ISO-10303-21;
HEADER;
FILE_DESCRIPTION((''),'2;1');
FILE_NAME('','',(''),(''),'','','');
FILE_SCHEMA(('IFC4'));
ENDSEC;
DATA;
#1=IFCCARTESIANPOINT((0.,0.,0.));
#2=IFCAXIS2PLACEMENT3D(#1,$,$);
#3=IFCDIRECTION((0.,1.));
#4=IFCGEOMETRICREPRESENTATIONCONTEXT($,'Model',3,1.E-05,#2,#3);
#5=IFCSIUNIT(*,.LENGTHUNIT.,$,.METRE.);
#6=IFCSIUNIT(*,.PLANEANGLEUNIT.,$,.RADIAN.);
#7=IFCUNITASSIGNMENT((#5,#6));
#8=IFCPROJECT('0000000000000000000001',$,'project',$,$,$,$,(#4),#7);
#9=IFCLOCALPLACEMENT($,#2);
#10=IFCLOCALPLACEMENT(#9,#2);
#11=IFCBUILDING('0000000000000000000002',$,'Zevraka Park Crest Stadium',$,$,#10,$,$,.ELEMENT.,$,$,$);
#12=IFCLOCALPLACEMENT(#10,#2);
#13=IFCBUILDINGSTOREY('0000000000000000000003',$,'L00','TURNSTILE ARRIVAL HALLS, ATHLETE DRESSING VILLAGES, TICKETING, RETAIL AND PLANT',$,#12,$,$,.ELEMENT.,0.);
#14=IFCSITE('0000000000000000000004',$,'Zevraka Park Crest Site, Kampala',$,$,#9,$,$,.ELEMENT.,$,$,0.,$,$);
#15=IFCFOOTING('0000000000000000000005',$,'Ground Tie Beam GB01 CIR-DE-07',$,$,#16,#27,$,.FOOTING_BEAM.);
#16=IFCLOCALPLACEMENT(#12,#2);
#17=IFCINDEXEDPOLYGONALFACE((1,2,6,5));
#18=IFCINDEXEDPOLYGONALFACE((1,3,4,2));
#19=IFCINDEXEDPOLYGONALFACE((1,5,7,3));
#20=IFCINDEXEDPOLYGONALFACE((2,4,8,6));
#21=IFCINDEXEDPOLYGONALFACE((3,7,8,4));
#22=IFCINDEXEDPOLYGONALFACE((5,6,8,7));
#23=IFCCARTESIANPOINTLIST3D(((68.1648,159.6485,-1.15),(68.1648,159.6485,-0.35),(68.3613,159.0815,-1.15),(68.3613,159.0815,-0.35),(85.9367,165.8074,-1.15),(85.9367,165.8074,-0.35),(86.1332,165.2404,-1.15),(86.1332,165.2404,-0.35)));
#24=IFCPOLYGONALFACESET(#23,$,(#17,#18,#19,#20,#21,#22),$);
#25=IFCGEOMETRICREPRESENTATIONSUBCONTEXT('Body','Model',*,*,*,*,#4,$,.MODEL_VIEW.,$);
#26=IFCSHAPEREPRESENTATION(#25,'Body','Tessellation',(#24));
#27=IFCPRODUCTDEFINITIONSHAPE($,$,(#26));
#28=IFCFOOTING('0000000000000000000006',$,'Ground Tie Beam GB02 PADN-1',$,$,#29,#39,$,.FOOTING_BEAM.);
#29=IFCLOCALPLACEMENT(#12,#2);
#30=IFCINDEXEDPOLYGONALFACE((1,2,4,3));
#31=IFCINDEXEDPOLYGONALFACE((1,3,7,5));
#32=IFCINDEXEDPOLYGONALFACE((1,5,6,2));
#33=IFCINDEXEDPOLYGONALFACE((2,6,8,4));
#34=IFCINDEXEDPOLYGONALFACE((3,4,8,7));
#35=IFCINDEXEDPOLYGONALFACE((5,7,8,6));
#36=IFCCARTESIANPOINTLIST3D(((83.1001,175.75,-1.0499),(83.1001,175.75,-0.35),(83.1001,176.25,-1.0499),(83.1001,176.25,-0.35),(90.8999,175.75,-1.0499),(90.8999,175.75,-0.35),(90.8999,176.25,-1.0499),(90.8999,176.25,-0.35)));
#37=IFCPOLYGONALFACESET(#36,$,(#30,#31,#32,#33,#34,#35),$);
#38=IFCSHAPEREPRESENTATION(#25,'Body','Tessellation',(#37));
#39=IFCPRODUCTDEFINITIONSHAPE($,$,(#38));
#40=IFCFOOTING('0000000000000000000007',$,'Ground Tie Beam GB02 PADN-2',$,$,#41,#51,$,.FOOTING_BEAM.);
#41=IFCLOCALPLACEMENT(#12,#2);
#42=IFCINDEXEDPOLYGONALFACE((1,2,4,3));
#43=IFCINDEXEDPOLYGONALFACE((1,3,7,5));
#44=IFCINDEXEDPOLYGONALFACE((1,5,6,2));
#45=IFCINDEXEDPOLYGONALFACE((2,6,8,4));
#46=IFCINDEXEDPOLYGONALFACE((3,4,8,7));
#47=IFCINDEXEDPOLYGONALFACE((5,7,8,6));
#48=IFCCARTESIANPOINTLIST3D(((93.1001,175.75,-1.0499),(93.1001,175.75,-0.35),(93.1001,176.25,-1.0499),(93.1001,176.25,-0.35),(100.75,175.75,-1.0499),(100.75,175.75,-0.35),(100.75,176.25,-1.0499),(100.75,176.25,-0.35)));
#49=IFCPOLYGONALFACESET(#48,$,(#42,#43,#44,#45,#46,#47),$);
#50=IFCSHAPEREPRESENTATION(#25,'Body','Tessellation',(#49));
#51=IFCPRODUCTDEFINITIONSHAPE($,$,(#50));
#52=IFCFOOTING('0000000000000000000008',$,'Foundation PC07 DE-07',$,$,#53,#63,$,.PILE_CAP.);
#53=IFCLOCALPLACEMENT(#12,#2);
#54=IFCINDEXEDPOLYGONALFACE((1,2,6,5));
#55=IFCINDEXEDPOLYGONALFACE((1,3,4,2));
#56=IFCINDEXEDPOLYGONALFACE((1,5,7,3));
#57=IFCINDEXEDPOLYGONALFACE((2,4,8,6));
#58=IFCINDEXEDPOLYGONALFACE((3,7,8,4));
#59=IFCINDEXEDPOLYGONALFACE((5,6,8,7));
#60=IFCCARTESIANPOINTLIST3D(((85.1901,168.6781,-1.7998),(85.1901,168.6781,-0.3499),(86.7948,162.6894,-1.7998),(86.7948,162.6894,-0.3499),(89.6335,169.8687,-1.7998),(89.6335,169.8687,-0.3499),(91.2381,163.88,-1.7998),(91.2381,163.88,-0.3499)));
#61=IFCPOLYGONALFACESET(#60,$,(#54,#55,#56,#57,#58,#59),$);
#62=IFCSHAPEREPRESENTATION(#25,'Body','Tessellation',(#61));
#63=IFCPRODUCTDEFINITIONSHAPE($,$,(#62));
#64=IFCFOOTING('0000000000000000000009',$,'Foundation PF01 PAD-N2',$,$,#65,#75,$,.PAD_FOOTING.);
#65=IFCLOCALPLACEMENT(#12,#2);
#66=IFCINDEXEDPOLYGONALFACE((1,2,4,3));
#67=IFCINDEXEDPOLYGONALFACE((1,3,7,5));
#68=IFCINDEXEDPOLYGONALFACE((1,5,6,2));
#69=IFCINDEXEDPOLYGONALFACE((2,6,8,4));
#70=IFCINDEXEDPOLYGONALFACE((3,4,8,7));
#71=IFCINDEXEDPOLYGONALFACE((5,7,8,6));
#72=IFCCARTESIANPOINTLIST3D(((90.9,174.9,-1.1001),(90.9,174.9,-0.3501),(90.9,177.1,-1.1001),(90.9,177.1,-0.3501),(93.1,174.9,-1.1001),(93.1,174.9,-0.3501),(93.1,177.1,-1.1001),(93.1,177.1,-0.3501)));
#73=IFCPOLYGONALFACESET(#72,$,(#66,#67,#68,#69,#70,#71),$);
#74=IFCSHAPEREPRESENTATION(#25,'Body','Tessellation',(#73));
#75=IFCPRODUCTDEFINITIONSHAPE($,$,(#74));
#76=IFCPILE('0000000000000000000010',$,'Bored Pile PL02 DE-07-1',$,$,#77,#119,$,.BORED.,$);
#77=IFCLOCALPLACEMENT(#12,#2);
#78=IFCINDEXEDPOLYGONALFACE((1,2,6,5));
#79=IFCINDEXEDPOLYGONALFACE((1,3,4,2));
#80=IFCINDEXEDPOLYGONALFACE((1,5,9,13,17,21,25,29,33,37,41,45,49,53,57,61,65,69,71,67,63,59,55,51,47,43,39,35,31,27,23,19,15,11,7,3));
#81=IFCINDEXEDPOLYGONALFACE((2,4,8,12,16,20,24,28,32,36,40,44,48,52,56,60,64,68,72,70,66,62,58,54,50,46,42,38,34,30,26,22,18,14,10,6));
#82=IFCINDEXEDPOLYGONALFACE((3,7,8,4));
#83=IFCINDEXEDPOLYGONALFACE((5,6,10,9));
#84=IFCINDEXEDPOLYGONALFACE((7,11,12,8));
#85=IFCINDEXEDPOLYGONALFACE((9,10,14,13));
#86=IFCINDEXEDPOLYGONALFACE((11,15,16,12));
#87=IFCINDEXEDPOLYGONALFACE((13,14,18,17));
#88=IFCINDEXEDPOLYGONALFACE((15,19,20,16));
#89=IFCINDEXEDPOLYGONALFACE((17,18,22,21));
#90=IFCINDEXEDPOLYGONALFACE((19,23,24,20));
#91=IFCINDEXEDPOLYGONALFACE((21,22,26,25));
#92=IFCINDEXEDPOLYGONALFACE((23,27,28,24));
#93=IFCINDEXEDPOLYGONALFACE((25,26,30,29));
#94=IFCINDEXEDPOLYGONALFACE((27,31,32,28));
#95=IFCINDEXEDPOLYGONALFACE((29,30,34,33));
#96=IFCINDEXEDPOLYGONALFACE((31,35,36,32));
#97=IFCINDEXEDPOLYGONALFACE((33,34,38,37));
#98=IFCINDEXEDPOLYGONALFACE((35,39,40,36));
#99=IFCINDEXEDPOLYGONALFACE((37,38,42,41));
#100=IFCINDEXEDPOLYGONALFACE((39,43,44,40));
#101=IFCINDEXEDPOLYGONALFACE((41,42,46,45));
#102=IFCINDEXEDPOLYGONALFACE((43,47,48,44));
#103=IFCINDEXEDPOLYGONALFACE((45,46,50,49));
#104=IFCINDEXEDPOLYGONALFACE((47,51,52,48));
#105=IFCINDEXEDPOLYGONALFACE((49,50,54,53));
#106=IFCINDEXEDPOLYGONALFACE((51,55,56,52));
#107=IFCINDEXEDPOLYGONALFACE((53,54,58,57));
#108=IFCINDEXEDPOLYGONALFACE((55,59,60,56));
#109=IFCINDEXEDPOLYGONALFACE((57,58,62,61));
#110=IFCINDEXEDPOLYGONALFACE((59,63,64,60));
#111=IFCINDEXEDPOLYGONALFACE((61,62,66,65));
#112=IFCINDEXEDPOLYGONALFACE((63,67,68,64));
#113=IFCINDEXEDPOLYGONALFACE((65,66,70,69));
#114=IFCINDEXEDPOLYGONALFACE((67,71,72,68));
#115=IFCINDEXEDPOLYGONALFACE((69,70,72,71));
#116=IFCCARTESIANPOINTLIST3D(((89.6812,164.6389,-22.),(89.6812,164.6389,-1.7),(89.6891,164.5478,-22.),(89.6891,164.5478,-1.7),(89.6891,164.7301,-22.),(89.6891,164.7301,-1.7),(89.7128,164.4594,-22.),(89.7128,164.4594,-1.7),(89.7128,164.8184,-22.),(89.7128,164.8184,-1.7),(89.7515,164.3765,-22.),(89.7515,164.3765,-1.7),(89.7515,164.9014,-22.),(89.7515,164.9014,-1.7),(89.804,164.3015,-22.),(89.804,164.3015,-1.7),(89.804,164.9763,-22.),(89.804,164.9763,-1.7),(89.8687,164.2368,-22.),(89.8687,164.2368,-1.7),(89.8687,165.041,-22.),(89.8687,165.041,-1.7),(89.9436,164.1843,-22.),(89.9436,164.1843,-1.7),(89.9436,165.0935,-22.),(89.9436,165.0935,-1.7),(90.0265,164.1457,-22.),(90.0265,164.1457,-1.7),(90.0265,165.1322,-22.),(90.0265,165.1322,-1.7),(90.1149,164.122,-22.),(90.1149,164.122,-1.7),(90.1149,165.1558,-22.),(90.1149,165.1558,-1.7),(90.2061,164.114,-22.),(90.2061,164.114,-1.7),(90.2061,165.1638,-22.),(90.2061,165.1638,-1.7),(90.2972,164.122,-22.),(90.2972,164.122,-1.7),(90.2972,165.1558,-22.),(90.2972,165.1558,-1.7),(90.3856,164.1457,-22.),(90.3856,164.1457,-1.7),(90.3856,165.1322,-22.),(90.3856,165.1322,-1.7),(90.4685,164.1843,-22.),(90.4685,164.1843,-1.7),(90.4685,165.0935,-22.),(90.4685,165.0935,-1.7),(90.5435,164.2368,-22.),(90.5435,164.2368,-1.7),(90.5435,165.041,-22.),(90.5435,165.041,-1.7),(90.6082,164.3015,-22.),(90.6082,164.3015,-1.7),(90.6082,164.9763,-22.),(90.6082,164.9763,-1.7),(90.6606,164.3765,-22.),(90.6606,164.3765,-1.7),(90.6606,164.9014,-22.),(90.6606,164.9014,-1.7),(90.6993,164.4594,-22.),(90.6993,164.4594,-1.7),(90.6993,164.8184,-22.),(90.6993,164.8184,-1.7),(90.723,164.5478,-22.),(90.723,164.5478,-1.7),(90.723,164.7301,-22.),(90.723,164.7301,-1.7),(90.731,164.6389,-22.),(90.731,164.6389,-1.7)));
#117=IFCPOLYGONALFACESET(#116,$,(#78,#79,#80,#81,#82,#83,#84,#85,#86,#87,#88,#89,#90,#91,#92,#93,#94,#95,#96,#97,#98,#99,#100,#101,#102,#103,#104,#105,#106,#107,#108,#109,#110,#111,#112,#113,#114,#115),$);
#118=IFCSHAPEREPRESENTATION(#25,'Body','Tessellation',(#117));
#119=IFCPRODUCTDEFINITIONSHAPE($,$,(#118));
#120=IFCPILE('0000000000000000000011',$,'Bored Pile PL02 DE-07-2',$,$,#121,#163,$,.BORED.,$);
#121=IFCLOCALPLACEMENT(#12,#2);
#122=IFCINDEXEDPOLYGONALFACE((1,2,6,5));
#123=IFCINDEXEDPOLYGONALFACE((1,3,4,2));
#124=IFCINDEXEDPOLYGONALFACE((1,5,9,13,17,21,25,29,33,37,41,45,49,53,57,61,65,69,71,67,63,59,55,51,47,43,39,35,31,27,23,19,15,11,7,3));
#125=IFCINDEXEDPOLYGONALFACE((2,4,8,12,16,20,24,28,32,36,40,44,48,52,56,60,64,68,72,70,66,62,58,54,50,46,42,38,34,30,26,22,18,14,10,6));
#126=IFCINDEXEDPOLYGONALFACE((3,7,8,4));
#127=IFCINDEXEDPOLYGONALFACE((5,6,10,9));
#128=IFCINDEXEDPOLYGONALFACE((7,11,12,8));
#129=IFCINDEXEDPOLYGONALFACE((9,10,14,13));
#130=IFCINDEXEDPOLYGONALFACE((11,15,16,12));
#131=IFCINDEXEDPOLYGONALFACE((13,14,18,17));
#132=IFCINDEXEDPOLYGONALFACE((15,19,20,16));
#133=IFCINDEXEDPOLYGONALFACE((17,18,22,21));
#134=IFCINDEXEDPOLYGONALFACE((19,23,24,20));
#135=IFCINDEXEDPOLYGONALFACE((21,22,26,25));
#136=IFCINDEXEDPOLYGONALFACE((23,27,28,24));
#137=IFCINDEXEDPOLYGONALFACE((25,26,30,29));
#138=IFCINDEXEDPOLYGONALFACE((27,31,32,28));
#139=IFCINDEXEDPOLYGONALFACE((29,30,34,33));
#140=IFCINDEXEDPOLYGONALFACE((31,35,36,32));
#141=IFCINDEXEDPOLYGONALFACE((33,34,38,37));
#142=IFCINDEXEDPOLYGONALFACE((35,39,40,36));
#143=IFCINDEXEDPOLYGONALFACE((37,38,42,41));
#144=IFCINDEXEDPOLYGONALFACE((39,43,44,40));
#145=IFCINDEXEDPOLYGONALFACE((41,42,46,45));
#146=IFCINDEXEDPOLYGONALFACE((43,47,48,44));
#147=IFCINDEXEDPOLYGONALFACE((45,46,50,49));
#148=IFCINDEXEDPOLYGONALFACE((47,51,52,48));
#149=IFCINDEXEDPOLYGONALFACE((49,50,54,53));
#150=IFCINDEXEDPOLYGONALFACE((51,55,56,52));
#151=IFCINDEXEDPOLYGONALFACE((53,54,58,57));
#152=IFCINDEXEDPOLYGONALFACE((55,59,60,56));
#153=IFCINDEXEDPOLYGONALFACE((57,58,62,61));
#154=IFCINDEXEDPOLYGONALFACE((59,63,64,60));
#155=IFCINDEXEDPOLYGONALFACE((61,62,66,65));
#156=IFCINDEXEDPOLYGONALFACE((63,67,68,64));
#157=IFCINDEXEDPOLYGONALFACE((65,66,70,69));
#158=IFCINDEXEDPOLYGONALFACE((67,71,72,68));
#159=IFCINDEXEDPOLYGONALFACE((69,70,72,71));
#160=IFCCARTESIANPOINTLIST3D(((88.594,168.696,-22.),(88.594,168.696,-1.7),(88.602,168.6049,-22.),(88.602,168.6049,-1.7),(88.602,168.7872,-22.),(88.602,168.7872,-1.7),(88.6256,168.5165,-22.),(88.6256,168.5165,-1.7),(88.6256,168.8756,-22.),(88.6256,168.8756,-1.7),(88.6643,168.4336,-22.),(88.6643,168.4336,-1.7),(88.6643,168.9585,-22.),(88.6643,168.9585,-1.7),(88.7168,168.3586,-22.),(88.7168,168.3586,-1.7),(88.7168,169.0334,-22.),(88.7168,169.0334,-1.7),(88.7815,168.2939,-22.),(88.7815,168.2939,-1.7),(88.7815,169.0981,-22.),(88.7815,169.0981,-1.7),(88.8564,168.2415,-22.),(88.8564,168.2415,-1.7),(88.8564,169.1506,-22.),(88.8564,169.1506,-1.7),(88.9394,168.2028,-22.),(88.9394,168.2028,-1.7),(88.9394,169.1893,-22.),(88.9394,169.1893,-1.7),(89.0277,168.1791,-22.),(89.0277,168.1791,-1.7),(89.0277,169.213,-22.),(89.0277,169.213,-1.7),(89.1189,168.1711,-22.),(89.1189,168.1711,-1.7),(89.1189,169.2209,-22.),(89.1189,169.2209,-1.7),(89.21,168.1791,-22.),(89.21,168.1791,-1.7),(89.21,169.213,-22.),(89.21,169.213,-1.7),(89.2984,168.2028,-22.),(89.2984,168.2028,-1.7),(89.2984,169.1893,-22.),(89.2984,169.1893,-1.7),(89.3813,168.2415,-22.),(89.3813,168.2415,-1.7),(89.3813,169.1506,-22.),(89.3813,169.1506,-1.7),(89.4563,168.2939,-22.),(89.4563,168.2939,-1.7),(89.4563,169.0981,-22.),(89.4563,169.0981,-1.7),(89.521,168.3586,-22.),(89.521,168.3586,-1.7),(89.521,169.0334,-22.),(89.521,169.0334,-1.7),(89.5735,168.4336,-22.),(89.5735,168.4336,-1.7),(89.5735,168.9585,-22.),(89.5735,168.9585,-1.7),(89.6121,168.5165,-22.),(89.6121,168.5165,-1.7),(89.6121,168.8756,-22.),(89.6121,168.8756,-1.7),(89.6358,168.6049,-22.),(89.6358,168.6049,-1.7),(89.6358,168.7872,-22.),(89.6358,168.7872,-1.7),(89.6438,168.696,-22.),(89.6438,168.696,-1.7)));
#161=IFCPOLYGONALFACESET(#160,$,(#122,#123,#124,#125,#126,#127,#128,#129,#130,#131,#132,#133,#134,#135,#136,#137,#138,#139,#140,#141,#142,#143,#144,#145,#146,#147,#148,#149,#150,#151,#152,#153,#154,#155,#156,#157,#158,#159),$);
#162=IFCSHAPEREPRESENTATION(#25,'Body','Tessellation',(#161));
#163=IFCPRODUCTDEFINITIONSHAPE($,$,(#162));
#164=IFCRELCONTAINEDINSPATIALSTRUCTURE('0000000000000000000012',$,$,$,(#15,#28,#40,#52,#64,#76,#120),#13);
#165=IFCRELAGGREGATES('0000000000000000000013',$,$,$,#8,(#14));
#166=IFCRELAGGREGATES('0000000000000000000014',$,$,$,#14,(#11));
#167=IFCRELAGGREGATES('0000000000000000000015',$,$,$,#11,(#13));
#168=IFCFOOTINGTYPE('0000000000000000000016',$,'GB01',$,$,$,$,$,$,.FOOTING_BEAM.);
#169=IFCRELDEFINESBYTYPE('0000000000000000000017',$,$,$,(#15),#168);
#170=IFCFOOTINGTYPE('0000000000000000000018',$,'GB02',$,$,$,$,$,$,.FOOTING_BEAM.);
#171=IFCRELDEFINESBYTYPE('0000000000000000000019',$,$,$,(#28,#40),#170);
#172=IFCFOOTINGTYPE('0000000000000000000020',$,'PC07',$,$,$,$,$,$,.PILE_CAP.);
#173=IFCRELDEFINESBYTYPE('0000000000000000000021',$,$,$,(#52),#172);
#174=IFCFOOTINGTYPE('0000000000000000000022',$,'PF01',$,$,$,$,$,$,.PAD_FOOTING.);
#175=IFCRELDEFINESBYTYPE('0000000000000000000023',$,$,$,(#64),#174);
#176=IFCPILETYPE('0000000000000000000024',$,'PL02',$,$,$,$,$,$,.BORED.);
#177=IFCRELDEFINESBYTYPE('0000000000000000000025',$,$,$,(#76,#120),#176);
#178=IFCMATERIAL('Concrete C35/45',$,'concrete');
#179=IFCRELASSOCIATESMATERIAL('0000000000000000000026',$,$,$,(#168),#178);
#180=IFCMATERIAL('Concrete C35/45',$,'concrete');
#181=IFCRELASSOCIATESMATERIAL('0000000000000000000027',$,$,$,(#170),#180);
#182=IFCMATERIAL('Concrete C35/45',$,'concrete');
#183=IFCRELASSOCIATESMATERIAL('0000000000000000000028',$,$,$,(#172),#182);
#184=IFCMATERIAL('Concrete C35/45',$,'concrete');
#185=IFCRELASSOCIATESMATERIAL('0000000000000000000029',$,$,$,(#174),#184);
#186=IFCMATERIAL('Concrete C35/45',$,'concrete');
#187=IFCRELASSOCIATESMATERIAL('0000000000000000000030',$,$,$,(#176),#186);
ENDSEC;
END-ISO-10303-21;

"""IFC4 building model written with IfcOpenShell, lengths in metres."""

from ifc_helpers import new_model, si_unit, direction, frame, origin, origin_2d, place, context, subcontext, project, spatial, rectangle, circle, extrude, material, material_profile, profile_set, type_object, element, save


model = new_model("IFC4")

# Units and contexts
model_context = context("Model", 3, precision=1e-05, world=origin(), true_north=direction((0.0, 1.0)))
body_context = subcontext(model_context, "Body", "Model", "MODEL_VIEW")
ifc_project = project(units=[si_unit("LENGTHUNIT", "METRE"), si_unit("PLANEANGLEUNIT", "RADIAN")], contexts=[model_context])

# Site, building, storey
site_placement = place(None, origin())
site = spatial("IfcSite", under=ifc_project, at=site_placement, Name="Zevraka Park Crest Site, Kampala", CompositionType="ELEMENT", RefElevation=0.0)
building_placement = place(site_placement, origin())
building = spatial("IfcBuilding", under=site, at=building_placement, Name="Zevraka Park Crest Stadium", CompositionType="ELEMENT")
storey_placement = place(building_placement, origin())
storey = spatial("IfcBuildingStorey", under=building, at=storey_placement, Name="L00", Description="TURNSTILE ARRIVAL HALLS, ATHLETE DRESSING VILLAGES, TICKETING, RETAIL AND PLANT", CompositionType="ELEMENT", Elevation=0.0)

# Footings
ifc_material_1 = material(Name="Concrete C35/45", Category="concrete")
ifc_material_profile_1 = material_profile(ifc_material_1, rectangle(XDim=0.6001, YDim=0.8, at=origin_2d()), Name="GB 800x600")
ifc_profile_set_1 = profile_set([ifc_material_profile_1], Name="Concrete C35/45")
footing_type_1 = type_object("IfcFootingType", Name="GB01", PredefinedType="FOOTING_BEAM", material=ifc_profile_set_1)
footing_1_placement = place(storey_placement, frame((86.0349, 165.5239, -0.75), z_axis=(-0.944869, -0.327448, 0.0), x_axis=(0.327448, -0.944869, 0.0)))
element("IfcFooting", 1, at=footing_1_placement, inside=storey, type_object=footing_type_1, Name="Ground Tie Beam GB01 CIR-DE-07", PredefinedType="FOOTING_BEAM", context=body_context, shape_type="SweptSolid", body=[
    extrude(rectangle(XDim=0.6001, YDim=0.8, at=origin_2d()), origin(), (0.0, 0.0, 1.0), 18.8088),
])
ifc_material_2 = material(Name="Concrete C35/45", Category="concrete")
ifc_material_profile_2 = material_profile(ifc_material_2, rectangle(XDim=0.5, YDim=0.7, at=origin_2d()), Name="GB 700x500")
ifc_profile_set_2 = profile_set([ifc_material_profile_2], Name="Concrete C35/45")
footing_type_2 = type_object("IfcFootingType", Name="GB02", PredefinedType="FOOTING_BEAM", material=ifc_profile_set_2)
footing_2_placement = place(storey_placement, frame((83.1001, 176.0, -0.7), z_axis=(1.0, 0.0, 0.0), x_axis=(0.0, 1.0, 0.0)))
element("IfcFooting", 2, at=footing_2_placement, inside=storey, type_object=footing_type_2, Name="Ground Tie Beam GB02 PADN-1", PredefinedType="FOOTING_BEAM", context=body_context, shape_type="SweptSolid", body=[
    extrude(rectangle(XDim=0.5, YDim=0.7, at=origin_2d()), origin(), (0.0, 0.0, 1.0), 7.7998),
])
footing_3_placement = place(storey_placement, frame((93.1001, 176.0, -0.7), z_axis=(1.0, 0.0, 0.0), x_axis=(0.0, 1.0, 0.0)))
element("IfcFooting", 3, at=footing_3_placement, inside=storey, type_object=footing_type_2, Name="Ground Tie Beam GB02 PADN-2", PredefinedType="FOOTING_BEAM", context=body_context, shape_type="SweptSolid", body=[
    extrude(rectangle(XDim=0.5, YDim=0.7, at=origin_2d()), origin(), (0.0, 0.0, 1.0), 7.6499),
])
ifc_material_3 = material(Name="Concrete C35/45", Category="concrete")
footing_type_3 = type_object("IfcFootingType", Name="PC07", PredefinedType="PILE_CAP", material=ifc_material_3)
footing_4_placement = place(storey_placement, frame((88.2141, 166.2791, -1.7998), z_axis=(0.0, 0.0, 1.0), x_axis=(-0.258819, 0.965926, 0.0)))
element("IfcFooting", 4, at=footing_4_placement, inside=storey, type_object=footing_type_3, Name="Foundation PC07 DE-07", PredefinedType="PILE_CAP", context=body_context, shape_type="SweptSolid", body=[
    extrude(rectangle(XDim=6.2, YDim=4.6001, at=origin_2d()), origin(), (0.0, 0.0, 1.0), 1.45),
])
ifc_material_4 = material(Name="Concrete C35/45", Category="concrete")
footing_type_4 = type_object("IfcFootingType", Name="PF01", PredefinedType="PAD_FOOTING", material=ifc_material_4)
footing_5_placement = place(storey_placement, frame((92.0, 176.0, -1.1001), z_axis=(0.0, 0.0, 1.0), x_axis=(1.0, 0.0, 0.0)))
element("IfcFooting", 5, at=footing_5_placement, inside=storey, type_object=footing_type_4, Name="Foundation PF01 PAD-N2", PredefinedType="PAD_FOOTING", context=body_context, shape_type="SweptSolid", body=[
    extrude(rectangle(XDim=2.2, YDim=2.2, at=origin_2d()), origin(), (0.0, 0.0, 1.0), 0.75),
])

# Piles
ifc_material_5 = material(Name="Concrete C35/45", Category="concrete")
ifc_material_profile_3 = material_profile(ifc_material_5, circle(Radius=0.5249, at=origin_2d()), Name="PILE D1050")
ifc_profile_set_3 = profile_set([ifc_material_profile_3], Name="Concrete C35/45")
pile_type = type_object("IfcPileType", Name="PL02", PredefinedType="BORED", material=ifc_profile_set_3)
for number, where, z_axis, x_axis, name in (
    (6, (90.2061, 164.6389, -1.7), (0.0, 0.0, -1.0), (1.0, 0.0, 0.0), "Bored Pile PL02 DE-07-1"),
    (7, (89.1189, 168.696, -1.7), (0.0, 0.0, -1.0), (1.0, 0.0, 0.0), "Bored Pile PL02 DE-07-2"),
):
    element("IfcPile", number, at=place(storey_placement, frame(where, z_axis=z_axis, x_axis=x_axis)), inside=storey, type_object=pile_type, Name=name, PredefinedType="BORED", context=body_context, shape_type="SweptSolid", body=[
        extrude(circle(Radius=0.5249, at=origin_2d()), origin(), (0.0, 0.0, 1.0), 20.3),
    ])

save(model, "model.ifc")
